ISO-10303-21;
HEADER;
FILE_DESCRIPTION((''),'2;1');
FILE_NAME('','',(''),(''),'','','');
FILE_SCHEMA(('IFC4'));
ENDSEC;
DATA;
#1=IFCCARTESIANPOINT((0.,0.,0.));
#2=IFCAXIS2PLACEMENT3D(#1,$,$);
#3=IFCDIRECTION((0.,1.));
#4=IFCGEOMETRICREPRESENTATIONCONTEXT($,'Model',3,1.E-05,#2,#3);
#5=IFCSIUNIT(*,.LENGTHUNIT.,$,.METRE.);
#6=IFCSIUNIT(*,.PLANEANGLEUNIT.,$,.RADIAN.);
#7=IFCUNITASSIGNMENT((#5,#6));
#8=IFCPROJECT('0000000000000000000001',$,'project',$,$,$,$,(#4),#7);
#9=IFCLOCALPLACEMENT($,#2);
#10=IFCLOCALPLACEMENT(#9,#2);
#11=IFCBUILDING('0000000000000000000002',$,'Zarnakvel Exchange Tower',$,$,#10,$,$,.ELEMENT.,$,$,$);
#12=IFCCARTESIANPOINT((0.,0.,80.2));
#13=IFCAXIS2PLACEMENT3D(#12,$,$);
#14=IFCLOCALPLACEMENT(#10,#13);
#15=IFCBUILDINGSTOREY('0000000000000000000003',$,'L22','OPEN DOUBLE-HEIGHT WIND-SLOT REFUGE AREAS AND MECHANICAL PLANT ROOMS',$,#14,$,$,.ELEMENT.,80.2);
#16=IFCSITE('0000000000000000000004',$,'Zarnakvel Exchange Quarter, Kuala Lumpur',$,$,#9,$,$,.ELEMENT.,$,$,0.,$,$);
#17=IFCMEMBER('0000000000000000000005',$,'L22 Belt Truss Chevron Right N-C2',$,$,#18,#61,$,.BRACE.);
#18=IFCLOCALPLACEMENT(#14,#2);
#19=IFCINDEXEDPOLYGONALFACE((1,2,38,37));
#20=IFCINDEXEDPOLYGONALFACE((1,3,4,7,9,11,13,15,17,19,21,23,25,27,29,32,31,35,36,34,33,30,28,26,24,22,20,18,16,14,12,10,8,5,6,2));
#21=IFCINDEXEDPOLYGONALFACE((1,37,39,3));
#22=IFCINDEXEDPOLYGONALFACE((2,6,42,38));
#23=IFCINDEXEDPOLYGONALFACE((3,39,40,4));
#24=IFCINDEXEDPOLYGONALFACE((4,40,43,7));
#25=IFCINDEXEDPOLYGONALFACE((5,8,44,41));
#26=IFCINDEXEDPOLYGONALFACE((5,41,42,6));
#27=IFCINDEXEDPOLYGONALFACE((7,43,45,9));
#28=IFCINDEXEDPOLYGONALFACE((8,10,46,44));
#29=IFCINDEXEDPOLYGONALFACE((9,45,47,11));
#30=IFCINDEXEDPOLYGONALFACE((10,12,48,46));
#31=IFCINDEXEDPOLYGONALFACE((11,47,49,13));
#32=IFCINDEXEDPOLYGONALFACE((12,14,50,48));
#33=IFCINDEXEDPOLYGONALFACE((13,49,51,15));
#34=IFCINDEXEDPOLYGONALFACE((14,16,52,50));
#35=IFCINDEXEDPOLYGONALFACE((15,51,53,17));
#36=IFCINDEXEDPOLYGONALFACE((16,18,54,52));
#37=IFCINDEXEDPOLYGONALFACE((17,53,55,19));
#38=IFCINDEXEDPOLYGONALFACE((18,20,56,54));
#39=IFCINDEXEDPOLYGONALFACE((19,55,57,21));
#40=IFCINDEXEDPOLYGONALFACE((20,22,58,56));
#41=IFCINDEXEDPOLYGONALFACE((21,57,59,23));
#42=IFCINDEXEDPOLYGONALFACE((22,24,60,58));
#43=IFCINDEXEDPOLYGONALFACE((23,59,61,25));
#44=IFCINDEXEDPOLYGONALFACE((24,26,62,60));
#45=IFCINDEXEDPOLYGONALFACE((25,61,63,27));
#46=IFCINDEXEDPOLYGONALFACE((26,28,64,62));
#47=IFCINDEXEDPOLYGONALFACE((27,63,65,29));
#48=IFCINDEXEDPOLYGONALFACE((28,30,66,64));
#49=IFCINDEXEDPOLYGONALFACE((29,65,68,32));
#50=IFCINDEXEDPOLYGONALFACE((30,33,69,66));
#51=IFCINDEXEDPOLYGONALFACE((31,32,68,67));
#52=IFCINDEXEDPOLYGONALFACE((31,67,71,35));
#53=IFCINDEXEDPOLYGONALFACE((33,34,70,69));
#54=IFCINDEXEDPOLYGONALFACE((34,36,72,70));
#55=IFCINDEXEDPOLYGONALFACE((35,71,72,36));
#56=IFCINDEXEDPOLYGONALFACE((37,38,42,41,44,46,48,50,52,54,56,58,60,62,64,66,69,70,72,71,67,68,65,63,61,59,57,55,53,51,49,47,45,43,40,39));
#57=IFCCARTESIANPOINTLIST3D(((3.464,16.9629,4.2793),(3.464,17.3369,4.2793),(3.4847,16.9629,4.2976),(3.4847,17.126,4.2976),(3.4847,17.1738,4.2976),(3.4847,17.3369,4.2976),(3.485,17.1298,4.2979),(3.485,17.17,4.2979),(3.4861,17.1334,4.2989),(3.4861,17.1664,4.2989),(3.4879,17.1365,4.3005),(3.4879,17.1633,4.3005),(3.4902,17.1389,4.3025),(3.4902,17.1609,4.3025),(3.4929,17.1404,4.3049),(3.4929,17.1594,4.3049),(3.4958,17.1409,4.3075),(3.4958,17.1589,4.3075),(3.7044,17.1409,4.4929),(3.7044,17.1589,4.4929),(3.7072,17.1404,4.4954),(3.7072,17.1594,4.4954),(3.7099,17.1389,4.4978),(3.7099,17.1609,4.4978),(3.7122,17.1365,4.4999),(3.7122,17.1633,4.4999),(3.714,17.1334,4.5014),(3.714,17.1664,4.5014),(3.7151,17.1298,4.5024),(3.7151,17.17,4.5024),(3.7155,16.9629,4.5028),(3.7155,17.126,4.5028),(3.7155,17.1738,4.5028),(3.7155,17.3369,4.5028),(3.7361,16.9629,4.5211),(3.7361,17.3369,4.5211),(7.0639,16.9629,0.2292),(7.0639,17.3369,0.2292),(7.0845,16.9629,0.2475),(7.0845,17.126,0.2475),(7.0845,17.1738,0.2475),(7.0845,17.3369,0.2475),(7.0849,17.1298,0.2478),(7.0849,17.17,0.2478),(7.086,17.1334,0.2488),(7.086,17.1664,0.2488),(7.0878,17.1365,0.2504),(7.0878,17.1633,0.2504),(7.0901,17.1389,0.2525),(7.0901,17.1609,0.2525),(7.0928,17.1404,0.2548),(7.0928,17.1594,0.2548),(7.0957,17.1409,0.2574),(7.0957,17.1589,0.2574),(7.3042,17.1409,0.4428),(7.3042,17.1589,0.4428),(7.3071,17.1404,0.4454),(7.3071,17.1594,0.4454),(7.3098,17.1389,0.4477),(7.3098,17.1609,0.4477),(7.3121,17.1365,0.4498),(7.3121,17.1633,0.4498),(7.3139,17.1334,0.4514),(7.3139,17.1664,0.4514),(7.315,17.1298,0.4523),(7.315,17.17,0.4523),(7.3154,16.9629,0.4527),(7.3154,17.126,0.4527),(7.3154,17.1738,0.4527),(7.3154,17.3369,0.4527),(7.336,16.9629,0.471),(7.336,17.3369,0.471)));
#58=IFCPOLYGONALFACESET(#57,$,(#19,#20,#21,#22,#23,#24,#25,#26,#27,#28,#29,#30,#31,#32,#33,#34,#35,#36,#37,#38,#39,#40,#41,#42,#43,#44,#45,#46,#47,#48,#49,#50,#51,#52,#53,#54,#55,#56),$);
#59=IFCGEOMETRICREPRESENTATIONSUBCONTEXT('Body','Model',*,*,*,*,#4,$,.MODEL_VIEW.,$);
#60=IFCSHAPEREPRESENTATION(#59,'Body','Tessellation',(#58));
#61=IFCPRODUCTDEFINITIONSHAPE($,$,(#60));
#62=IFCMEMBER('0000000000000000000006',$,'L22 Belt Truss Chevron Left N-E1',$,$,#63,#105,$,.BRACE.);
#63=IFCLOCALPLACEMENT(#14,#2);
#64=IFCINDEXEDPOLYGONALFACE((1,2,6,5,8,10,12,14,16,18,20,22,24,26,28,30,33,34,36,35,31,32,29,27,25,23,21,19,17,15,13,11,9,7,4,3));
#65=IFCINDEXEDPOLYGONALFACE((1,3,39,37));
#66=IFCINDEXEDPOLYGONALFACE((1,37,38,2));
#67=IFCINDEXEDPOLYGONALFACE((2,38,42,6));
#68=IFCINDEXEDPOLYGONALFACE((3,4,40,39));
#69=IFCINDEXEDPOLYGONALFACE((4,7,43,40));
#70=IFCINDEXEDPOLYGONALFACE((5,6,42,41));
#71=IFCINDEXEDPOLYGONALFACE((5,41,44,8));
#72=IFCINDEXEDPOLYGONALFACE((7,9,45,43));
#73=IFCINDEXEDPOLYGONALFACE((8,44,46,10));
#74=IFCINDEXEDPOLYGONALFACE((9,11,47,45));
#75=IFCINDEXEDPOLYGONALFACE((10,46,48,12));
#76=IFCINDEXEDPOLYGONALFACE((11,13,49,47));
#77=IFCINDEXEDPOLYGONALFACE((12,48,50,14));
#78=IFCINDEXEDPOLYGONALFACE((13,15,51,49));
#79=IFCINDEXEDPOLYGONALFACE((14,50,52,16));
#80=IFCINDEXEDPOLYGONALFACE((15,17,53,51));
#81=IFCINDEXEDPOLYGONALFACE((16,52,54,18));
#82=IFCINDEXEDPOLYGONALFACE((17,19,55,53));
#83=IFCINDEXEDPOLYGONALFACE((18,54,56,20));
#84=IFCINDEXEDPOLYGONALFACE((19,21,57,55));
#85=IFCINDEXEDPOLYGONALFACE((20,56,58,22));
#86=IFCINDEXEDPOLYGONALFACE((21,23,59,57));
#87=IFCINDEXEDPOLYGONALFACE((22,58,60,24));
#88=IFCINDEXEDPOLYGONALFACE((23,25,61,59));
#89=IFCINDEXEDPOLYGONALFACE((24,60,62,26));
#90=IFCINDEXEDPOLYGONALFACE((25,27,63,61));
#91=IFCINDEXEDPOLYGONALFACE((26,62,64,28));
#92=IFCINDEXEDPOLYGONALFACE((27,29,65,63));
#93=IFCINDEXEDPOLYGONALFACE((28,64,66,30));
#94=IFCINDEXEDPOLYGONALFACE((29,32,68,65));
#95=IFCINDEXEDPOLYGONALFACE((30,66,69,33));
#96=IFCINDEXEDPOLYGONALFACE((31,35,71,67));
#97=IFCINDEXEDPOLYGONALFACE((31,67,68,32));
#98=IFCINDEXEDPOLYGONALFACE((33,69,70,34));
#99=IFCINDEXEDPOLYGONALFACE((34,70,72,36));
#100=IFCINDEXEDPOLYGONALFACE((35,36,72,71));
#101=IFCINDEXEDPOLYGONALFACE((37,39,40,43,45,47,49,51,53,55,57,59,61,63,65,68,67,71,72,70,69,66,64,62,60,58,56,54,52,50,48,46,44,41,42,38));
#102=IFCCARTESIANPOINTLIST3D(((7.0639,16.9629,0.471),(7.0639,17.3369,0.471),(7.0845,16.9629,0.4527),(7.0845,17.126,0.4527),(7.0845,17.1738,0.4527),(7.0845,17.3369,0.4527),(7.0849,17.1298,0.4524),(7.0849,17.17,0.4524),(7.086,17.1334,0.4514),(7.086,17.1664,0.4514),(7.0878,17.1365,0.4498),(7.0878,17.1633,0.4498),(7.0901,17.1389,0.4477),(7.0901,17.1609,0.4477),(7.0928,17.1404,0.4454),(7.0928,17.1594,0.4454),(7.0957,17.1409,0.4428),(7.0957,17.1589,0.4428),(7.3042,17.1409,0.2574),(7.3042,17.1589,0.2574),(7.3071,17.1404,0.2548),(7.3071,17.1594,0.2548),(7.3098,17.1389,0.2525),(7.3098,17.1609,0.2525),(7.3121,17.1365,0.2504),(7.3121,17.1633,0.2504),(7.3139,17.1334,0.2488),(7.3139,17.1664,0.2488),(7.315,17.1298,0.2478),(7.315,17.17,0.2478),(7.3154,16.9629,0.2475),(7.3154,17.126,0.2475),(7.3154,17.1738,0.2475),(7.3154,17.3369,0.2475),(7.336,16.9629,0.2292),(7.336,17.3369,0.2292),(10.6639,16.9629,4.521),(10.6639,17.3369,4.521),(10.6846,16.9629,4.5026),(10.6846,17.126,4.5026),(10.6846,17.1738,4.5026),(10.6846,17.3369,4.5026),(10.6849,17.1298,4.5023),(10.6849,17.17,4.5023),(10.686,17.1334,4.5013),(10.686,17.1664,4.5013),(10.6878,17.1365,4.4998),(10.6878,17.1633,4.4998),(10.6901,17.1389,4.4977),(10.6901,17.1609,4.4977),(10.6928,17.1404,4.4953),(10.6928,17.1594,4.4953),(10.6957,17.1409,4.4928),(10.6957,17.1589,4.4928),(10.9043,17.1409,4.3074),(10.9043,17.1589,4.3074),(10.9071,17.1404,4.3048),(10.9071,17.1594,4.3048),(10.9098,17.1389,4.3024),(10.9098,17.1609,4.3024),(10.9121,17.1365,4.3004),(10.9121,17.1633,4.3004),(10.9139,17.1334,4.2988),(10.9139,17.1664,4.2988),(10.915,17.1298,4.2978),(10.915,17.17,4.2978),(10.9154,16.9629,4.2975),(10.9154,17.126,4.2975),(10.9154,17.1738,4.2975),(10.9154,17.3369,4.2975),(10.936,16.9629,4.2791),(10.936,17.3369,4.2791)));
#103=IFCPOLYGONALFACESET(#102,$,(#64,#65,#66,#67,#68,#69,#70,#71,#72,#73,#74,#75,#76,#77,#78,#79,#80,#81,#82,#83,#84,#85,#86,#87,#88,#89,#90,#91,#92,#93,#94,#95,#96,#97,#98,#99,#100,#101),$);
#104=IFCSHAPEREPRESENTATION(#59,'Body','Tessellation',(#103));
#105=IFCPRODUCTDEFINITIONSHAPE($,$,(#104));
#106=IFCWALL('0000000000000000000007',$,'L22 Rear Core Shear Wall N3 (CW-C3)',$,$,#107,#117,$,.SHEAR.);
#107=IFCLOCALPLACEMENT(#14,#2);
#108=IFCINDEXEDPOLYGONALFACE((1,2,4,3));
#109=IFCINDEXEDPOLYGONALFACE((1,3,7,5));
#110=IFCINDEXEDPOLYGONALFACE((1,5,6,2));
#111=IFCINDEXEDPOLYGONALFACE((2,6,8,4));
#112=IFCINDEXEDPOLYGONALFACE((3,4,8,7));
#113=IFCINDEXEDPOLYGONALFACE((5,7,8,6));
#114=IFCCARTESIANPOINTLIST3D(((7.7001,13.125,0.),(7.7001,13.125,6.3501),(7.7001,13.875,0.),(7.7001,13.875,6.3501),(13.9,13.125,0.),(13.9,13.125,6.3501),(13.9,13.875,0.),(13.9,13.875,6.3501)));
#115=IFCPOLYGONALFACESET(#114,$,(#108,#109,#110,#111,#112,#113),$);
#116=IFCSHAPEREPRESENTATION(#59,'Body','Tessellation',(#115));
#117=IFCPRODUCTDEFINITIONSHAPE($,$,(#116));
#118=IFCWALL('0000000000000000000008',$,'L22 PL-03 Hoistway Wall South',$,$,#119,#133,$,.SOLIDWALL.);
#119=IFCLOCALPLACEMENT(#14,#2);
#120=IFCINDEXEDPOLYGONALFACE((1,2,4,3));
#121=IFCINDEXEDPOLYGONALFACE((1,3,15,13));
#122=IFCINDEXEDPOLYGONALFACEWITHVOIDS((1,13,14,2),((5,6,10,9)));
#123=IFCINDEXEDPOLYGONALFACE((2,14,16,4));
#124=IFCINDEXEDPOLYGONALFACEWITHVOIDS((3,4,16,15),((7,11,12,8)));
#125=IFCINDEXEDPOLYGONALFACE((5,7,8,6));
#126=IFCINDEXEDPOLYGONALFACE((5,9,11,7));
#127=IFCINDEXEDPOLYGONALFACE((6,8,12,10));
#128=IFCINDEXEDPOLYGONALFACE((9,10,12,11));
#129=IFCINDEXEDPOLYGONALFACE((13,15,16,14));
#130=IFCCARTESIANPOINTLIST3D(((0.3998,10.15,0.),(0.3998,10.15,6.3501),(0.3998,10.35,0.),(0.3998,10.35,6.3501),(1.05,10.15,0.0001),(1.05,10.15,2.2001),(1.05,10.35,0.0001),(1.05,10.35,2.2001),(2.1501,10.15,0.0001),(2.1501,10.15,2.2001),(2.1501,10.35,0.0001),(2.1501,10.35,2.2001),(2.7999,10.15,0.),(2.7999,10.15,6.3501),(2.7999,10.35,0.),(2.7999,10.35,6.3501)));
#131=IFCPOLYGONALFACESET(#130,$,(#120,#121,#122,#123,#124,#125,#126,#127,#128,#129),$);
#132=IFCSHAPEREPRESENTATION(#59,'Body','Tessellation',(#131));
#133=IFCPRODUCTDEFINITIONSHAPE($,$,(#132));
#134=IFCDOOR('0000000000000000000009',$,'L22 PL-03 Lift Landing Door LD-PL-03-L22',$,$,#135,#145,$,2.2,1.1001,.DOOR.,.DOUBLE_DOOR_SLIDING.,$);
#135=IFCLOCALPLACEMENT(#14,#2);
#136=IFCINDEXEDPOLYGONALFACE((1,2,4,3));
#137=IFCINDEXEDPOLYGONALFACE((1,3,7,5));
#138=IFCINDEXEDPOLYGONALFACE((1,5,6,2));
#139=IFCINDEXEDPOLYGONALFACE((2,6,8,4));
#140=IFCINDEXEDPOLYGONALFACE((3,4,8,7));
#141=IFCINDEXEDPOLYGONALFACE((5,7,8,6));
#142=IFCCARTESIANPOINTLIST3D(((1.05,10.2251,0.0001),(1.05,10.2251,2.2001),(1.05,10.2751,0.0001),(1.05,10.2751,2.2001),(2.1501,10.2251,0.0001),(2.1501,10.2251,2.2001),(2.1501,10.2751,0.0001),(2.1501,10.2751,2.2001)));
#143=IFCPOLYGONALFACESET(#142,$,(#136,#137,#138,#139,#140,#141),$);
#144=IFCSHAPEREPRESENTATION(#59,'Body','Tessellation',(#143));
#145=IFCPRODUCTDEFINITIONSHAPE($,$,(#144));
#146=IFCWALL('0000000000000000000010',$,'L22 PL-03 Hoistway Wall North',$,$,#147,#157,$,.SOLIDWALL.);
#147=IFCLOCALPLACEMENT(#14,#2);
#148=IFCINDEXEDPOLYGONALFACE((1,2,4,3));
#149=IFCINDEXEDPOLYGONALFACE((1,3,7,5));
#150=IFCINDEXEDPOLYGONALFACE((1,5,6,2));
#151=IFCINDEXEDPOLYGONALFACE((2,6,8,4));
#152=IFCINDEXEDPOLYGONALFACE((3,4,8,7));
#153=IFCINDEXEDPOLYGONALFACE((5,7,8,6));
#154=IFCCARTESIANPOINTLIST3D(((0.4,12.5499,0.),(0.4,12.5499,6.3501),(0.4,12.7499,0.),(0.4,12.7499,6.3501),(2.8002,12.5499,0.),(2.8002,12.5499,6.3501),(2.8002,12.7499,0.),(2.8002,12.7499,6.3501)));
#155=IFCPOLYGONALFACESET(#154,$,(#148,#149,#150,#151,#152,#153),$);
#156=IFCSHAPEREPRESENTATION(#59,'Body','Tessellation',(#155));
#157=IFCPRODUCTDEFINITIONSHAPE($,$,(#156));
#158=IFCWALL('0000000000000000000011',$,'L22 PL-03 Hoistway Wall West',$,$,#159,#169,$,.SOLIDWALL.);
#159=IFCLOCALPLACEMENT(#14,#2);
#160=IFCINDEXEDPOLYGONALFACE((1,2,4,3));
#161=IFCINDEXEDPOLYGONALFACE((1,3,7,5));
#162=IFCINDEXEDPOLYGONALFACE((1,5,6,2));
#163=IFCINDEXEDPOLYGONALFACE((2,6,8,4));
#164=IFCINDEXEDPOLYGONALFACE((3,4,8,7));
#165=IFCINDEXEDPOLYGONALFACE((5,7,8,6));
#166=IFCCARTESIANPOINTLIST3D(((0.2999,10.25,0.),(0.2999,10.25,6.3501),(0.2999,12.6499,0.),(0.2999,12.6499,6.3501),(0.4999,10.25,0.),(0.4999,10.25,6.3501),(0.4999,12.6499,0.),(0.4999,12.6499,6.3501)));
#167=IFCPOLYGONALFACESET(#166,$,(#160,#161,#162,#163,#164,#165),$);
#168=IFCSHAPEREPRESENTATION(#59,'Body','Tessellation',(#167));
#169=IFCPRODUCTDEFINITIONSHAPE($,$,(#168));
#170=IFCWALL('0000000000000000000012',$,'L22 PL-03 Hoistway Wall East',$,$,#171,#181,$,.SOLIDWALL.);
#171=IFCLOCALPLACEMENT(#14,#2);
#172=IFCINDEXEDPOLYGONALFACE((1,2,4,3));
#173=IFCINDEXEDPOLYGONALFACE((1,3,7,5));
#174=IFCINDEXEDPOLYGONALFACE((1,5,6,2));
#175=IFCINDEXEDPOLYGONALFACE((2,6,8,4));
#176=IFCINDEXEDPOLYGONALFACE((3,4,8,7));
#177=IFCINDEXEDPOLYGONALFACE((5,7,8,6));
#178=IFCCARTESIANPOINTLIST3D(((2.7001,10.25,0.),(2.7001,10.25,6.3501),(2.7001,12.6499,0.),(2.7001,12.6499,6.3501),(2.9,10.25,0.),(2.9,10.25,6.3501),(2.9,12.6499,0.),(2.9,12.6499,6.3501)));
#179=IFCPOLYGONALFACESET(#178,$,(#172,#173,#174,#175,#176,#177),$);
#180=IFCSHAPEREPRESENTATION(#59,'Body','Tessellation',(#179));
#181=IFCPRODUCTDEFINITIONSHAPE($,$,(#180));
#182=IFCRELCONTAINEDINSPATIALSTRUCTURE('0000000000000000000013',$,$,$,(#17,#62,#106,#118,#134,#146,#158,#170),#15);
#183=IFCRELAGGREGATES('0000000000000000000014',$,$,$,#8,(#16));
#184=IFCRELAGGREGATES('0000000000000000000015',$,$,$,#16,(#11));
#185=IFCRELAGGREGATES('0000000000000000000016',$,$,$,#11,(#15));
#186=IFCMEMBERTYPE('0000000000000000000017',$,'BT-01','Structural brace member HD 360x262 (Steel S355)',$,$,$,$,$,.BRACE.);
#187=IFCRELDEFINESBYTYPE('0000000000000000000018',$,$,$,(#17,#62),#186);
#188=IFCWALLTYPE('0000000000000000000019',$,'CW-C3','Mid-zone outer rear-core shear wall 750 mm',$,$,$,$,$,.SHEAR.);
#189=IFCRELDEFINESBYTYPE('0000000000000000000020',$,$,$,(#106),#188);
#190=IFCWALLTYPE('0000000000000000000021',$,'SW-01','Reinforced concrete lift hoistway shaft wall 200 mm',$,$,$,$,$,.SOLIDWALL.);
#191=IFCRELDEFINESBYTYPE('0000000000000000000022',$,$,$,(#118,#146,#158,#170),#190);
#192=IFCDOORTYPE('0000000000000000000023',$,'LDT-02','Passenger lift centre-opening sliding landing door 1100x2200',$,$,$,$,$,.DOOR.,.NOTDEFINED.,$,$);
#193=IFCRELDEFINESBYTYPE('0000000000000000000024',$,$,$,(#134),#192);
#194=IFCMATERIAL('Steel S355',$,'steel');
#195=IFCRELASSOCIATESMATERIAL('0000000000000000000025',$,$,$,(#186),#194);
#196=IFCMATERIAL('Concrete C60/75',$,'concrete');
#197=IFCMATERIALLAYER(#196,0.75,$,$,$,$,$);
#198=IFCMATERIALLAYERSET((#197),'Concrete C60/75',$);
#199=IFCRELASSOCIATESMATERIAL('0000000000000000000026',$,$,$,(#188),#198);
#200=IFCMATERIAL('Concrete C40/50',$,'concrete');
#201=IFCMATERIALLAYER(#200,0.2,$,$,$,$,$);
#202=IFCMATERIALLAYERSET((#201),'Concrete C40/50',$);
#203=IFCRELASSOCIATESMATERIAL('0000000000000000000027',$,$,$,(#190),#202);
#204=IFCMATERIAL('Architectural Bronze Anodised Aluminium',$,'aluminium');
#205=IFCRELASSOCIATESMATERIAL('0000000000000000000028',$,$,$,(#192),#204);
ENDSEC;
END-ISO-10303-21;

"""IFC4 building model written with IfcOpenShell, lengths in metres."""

from ifc_helpers import new_model, si_unit, direction, frame, frame_2d, origin, origin_2d, place, context, subcontext, project, spatial, rectangle, i_section, extrude, source, transform, mapped, material, layer, layer_set, material_profile, profile_set, type_object, element, fill, save


model = new_model("IFC4")

# Units and contexts
model_context = context("Model", 3, precision=1e-05, world=origin(), true_north=direction((0.0, 1.0)))
body_context = subcontext(model_context, "Body", "Model", "MODEL_VIEW")
ifc_project = project(units=[si_unit("LENGTHUNIT", "METRE"), si_unit("PLANEANGLEUNIT", "RADIAN")], contexts=[model_context])

# Site, building, storey
site_placement = place(None, origin())
site = spatial("IfcSite", under=ifc_project, at=site_placement, Name="Zarnakvel Exchange Quarter, Kuala Lumpur", CompositionType="ELEMENT", RefElevation=0.0)
building_placement = place(site_placement, origin())
building = spatial("IfcBuilding", under=site, at=building_placement, Name="Zarnakvel Exchange Tower", CompositionType="ELEMENT")
storey_placement = place(building_placement, frame((0.0, 0.0, 80.2)))
storey = spatial("IfcBuildingStorey", under=building, at=storey_placement, Name="L22", Description="OPEN DOUBLE-HEIGHT WIND-SLOT REFUGE AREAS AND MECHANICAL PLANT ROOMS", CompositionType="ELEMENT", Elevation=80.2)

# Shared definitions
ifc_material_1 = material(Name="Concrete C60/75", Category="concrete")

# Shared definitions
ifc_material_2 = material(Name="Steel S355", Category="steel")

# Members
ifc_material_profile_1 = material_profile(ifc_material_2, i_section(OverallWidth=0.374, OverallDepth=0.364, WebThickness=0.0181, FlangeThickness=0.0276, FilletRadius=0.0149, at=origin_2d()))
ifc_profile_set_1 = profile_set([ifc_material_profile_1], Name="Steel S355")
member_type_1 = type_object("IfcMemberType", Name="BT-01", Description="Structural brace member HD 360x262 (Steel S355)", PredefinedType="BRACE", material=ifc_profile_set_1)
shared_shape_1 = source(origin(), body_context, "Body", "SweptSolid", [
    extrude(i_section(OverallWidth=0.374, OverallDepth=0.364, WebThickness=0.0181, FlangeThickness=0.0276, FilletRadius=0.0149, at=origin_2d()), origin(), (0.0, 0.0, 1.0), 5.4187),
])
for number, where, z_axis, x_axis, name in (
    (1, (7.2, 17.1499, 0.3501), (-0.664344, 0.0, 0.747427), (0.0, -1.0, 0.0), "L22 Belt Truss Chevron Right N-C2"),
    (2, (7.2, 17.1499, 0.3501), (0.664369, 0.0, 0.747404), (0.0, 1.0, 0.0), "L22 Belt Truss Chevron Left N-E1"),
):
    element("IfcMember", number, at=place(storey_placement, frame(where, z_axis=z_axis, x_axis=x_axis)), inside=storey, type_object=member_type_1, Name=name, PredefinedType="BRACE", context=body_context, shape_type="MappedRepresentation", body=[
        mapped(shared_shape_1, transform((0.0, 0.0, 0.0), x_axis=(1.0, 0.0, 0.0), y_axis=(0.0, 1.0, 0.0), z_axis=(0.0, 0.0, 1.0), scale=1.0)),
    ])

# Wall
ifc_layer_1 = layer(ifc_material_1, 0.75)
ifc_layer_set_1 = layer_set([ifc_layer_1], Name="Concrete C60/75")
wall_type_1 = type_object("IfcWallType", Name="CW-C3", Description="Mid-zone outer rear-core shear wall 750 mm", PredefinedType="SHEAR", material=ifc_layer_set_1)
wall_1_placement = place(storey_placement, frame((7.7, 13.5, 0.0), z_axis=(0.0, 0.0, 1.0), x_axis=(1.0, 0.0, 0.0)))
element("IfcWall", 3, at=wall_1_placement, inside=storey, type_object=wall_type_1, Name="L22 Rear Core Shear Wall N3 (CW-C3)", PredefinedType="SHEAR", context=body_context, shape_type="SweptSolid", body=[
    extrude(rectangle(XDim=6.2, YDim=0.75, at=frame_2d((3.1001, 0.0))), origin(), (0.0, 0.0, 1.0), 6.3501),
])

# Wall, opening, door
ifc_material_3 = material(Name="Concrete C40/50", Category="concrete")
ifc_layer_2 = layer(ifc_material_3, 0.2)
ifc_layer_set_2 = layer_set([ifc_layer_2], Name="Concrete C40/50")
wall_type_2 = type_object("IfcWallType", Name="SW-01", Description="Reinforced concrete lift hoistway shaft wall 200 mm", PredefinedType="SOLIDWALL", material=ifc_layer_set_2)
wall_2_placement = place(storey_placement, frame((2.8, 10.25, 0.0), z_axis=(0.0, 0.0, 1.0), x_axis=(-1.0, 0.0, 0.0)))
wall_2 = element("IfcWall", 4, at=wall_2_placement, inside=storey, type_object=wall_type_2, Name="L22 PL-03 Hoistway Wall South", PredefinedType="SOLIDWALL", context=body_context, shape_type="SweptSolid", body=[
    extrude(rectangle(XDim=2.4001, YDim=0.2, at=frame_2d((1.2002, 0.0))), origin(), (0.0, 0.0, 1.0), 6.3501),
])
opening_1_placement = place(wall_2_placement, frame((0.6499, 0.0, 0.0)))
opening_1 = element("IfcOpeningElement", 5, at=opening_1_placement, cuts=wall_2, PredefinedType="OPENING", context=body_context, shape_type="SweptSolid", body=[
    extrude(rectangle(XDim=1.1001, YDim=2.2, at=frame_2d((0.55, 1.1001))), frame((0.0, 0.1099, 0.0), z_axis=(0.0, -1.0, 0.0), x_axis=(1.0, 0.0, 0.0)), (0.0, 0.0, 1.0), 0.22),
])
ifc_material_4 = material(Name="Architectural Bronze Anodised Aluminium", Category="aluminium")
door_type = type_object("IfcDoorType", Name="LDT-02", Description="Passenger lift centre-opening sliding landing door 1100x2200", OperationType="NOTDEFINED", PredefinedType="DOOR", material=ifc_material_4)
shared_shape_2 = source(origin(), body_context, "Body", "SweptSolid", [
    extrude(rectangle(XDim=1.1001, YDim=2.2, at=frame_2d((0.55, 1.1001))), frame((0.0, 0.0249, 0.0), z_axis=(0.0, -1.0, 0.0), x_axis=(1.0, 0.0, 0.0)), (0.0, 0.0, 1.0), 0.05),
])
door_1_placement = place(opening_1_placement, origin())
door_1 = element("IfcDoor", 6, at=door_1_placement, inside=storey, type_object=door_type, Name="L22 PL-03 Lift Landing Door LD-PL-03-L22", OperationType="DOUBLE_DOOR_SLIDING", OverallHeight=2.2, OverallWidth=1.1001, PredefinedType="DOOR", context=body_context, shape_type="MappedRepresentation", body=[
    mapped(shared_shape_2, transform((0.0, 0.0, 0.0), x_axis=(1.0, 0.0, 0.0), y_axis=(0.0, 1.0, 0.0), z_axis=(0.0, 0.0, 1.0), scale=1.0)),
])
fill(opening_1, door_1)

# Walls
wall_3_placement = place(storey_placement, frame((0.3999, 12.6499, 0.0), z_axis=(0.0, 0.0, 1.0), x_axis=(1.0, 0.0, 0.0)))
element("IfcWall", 7, at=wall_3_placement, inside=storey, type_object=wall_type_2, Name="L22 PL-03 Hoistway Wall North", PredefinedType="SOLIDWALL", context=body_context, shape_type="SweptSolid", body=[
    extrude(rectangle(XDim=2.4001, YDim=0.2, at=frame_2d((1.2002, 0.0))), origin(), (0.0, 0.0, 1.0), 6.3501),
])
for number, where, z_axis, x_axis, name in (
    (8, (0.3999, 10.25, 0.0), (0.0, 0.0, 1.0), (0.0, 1.0, 0.0), "L22 PL-03 Hoistway Wall West"),
    (9, (2.8, 12.6499, 0.0), (0.0, 0.0, 1.0), (0.0, -1.0, 0.0), "L22 PL-03 Hoistway Wall East"),
):
    element("IfcWall", number, at=place(storey_placement, frame(where, z_axis=z_axis, x_axis=x_axis)), inside=storey, type_object=wall_type_2, Name=name, PredefinedType="SOLIDWALL", context=body_context, shape_type="SweptSolid", body=[
        extrude(rectangle(XDim=2.3999, YDim=0.2, at=frame_2d((1.2, 0.0))), origin(), (0.0, 0.0, 1.0), 6.3501),
    ])

save(model, "model.ifc")
